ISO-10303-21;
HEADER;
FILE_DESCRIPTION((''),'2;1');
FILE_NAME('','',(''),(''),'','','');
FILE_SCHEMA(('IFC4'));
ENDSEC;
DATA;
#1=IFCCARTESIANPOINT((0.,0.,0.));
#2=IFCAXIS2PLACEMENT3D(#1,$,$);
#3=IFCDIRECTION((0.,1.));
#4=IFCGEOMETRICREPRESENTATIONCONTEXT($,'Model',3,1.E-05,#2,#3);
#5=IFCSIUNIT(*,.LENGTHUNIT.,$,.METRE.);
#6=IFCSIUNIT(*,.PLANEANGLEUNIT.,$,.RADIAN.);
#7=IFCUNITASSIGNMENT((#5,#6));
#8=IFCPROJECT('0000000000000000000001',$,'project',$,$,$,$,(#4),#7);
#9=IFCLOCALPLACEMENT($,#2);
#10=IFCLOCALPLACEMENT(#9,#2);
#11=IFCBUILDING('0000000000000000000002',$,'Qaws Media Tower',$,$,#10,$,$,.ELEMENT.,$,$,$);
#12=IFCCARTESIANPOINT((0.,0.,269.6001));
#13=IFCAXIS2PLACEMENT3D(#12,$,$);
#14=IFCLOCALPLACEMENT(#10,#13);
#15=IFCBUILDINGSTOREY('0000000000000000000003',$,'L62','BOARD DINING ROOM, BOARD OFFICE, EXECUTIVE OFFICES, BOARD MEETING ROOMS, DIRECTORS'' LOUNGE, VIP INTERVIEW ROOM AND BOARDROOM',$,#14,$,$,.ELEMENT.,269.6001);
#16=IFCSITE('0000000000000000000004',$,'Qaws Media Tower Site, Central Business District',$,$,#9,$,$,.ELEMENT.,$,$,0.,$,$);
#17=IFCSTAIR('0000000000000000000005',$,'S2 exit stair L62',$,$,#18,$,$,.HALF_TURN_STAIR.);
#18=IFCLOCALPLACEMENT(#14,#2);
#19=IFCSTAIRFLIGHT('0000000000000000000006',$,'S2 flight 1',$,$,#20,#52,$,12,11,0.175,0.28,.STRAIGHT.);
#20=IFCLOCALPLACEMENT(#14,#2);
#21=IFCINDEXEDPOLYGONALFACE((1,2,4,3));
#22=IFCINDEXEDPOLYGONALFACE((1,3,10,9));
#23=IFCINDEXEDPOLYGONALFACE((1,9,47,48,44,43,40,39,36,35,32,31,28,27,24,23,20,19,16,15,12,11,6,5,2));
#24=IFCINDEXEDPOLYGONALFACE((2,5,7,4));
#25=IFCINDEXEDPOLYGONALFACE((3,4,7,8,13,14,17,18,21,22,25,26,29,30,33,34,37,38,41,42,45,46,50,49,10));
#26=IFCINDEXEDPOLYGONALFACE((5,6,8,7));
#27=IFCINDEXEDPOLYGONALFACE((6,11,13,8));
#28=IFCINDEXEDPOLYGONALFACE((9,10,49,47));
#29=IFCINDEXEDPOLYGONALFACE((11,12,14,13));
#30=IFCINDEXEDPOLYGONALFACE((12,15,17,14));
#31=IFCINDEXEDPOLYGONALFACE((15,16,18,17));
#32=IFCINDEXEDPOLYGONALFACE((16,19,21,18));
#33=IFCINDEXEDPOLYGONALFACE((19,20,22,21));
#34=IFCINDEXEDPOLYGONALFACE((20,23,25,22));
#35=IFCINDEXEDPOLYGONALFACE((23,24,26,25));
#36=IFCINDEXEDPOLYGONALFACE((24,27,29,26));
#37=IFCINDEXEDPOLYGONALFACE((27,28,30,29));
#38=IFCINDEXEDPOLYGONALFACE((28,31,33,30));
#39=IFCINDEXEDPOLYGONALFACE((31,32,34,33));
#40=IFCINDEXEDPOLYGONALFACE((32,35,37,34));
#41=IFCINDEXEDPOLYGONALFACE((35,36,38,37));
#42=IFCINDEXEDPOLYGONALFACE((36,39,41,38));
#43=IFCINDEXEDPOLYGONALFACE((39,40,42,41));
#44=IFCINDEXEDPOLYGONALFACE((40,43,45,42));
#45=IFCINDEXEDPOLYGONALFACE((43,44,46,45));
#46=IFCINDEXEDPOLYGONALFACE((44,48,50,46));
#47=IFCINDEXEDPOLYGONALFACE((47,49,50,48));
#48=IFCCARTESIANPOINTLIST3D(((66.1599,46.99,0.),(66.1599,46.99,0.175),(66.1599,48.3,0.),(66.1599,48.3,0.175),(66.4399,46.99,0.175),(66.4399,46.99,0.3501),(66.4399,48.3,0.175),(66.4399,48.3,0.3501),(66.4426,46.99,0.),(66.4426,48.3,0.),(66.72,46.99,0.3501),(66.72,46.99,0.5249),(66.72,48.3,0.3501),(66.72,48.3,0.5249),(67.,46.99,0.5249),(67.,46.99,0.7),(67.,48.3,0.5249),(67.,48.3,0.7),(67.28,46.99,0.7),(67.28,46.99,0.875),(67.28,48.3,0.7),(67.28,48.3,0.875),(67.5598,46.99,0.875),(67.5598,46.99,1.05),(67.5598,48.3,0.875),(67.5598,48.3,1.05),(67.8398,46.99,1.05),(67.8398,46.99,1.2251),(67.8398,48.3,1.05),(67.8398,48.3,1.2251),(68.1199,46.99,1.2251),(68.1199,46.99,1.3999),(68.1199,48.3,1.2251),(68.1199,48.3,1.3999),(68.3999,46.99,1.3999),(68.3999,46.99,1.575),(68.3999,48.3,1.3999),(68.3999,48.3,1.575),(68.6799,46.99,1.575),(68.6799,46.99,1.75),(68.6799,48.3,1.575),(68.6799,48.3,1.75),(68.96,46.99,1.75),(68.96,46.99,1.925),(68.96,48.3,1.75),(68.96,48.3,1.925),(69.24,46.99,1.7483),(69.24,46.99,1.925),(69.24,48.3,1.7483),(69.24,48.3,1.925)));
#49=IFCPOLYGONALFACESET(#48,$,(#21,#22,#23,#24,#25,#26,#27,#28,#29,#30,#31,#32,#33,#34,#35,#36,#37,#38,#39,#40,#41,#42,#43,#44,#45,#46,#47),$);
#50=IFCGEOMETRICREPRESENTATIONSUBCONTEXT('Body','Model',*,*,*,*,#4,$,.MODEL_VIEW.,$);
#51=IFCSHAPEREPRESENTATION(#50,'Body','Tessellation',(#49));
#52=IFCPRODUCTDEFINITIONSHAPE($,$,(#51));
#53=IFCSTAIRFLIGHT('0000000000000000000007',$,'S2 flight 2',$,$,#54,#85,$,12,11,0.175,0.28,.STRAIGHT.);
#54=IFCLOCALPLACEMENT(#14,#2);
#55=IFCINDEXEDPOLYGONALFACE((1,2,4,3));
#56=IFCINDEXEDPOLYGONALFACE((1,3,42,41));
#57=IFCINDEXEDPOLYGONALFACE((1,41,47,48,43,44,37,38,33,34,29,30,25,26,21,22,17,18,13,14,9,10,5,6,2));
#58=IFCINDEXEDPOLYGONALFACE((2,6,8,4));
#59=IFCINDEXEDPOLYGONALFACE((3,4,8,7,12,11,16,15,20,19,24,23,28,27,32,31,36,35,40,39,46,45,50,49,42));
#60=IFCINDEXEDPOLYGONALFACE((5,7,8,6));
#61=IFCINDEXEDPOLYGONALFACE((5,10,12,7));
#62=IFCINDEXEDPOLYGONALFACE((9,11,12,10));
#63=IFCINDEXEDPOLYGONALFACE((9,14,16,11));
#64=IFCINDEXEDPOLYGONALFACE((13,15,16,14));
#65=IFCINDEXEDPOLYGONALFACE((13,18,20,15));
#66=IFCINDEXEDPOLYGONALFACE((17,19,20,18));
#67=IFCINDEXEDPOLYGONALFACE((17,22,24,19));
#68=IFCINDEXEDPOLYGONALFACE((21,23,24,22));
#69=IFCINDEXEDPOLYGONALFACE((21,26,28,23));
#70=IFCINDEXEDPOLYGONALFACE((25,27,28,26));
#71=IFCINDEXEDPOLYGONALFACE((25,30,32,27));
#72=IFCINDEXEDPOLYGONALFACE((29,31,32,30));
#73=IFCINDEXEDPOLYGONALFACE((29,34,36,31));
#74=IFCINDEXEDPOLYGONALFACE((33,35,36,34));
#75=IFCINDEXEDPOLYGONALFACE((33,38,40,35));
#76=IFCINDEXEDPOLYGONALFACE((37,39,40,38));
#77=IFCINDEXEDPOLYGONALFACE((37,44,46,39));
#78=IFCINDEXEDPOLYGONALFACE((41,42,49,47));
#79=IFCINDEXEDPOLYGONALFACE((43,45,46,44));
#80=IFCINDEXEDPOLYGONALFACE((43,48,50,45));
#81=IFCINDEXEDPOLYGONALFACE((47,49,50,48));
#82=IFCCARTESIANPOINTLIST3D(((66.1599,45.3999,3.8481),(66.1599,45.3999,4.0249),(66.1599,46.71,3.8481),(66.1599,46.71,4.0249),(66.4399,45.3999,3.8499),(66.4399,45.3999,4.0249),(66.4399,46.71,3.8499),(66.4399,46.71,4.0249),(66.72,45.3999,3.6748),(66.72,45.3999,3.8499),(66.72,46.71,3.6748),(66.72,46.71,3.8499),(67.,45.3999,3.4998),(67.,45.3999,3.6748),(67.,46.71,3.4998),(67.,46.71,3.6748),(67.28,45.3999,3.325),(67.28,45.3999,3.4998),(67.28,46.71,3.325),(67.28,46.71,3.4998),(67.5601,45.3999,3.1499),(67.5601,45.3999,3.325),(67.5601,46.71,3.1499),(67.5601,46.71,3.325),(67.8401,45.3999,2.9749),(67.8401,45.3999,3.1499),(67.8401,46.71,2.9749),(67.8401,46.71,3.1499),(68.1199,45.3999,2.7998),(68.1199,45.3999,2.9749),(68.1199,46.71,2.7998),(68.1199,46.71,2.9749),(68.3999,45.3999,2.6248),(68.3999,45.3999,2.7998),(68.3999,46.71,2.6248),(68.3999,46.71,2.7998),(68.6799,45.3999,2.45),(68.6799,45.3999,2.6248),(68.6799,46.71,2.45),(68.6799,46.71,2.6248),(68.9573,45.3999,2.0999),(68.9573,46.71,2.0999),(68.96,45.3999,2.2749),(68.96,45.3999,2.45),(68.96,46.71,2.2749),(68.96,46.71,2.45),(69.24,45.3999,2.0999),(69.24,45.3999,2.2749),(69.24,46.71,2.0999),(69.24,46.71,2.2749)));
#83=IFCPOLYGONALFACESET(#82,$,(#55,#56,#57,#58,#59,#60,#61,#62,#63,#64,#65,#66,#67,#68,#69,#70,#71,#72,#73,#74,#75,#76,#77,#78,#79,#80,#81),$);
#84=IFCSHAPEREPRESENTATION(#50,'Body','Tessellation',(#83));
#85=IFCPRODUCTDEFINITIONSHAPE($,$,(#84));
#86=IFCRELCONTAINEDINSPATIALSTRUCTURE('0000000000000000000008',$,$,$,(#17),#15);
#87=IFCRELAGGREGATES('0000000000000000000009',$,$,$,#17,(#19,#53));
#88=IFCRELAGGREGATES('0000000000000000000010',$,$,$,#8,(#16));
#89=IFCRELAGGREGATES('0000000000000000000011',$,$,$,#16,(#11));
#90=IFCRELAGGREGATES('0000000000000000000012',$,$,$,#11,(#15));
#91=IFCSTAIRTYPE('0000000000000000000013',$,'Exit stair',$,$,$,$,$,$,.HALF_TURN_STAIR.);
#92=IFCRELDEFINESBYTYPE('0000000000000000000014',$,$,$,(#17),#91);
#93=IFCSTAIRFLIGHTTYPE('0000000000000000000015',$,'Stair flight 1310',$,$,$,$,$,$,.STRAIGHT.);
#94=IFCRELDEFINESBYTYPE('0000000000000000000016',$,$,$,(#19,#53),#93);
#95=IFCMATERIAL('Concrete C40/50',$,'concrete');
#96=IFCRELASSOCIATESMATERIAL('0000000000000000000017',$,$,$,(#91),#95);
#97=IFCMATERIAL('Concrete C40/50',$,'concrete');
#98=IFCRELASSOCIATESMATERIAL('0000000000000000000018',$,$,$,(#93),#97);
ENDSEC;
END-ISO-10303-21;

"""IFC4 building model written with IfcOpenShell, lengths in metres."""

from ifc_helpers import new_model, si_unit, direction, frame, origin, place, context, subcontext, project, spatial, polyline, outline, extrude, material, type_object, element, aggregate, save


model = new_model("IFC4")

# Units and contexts
model_context = context("Model", 3, precision=1e-05, world=origin(), true_north=direction((0.0, 1.0)))
body_context = subcontext(model_context, "Body", "Model", "MODEL_VIEW")
ifc_project = project(units=[si_unit("LENGTHUNIT", "METRE"), si_unit("PLANEANGLEUNIT", "RADIAN")], contexts=[model_context])

# Site, building, storey
site_placement = place(None, origin())
site = spatial("IfcSite", under=ifc_project, at=site_placement, Name="Qaws Media Tower Site, Central Business District", CompositionType="ELEMENT", RefElevation=0.0)
building_placement = place(site_placement, origin())
building = spatial("IfcBuilding", under=site, at=building_placement, Name="Qaws Media Tower", CompositionType="ELEMENT")
storey_placement = place(building_placement, frame((0.0, 0.0, 269.6001)))
storey = spatial("IfcBuildingStorey", under=building, at=storey_placement, Name="L62", Description="BOARD DINING ROOM, BOARD OFFICE, EXECUTIVE OFFICES, BOARD MEETING ROOMS, DIRECTORS' LOUNGE, VIP INTERVIEW ROOM AND BOARDROOM", CompositionType="ELEMENT", Elevation=269.6001)

# Stair, stair flights
ifc_material_1 = material(Name="Concrete C40/50", Category="concrete")
stair_type = type_object("IfcStairType", Name="Exit stair", PredefinedType="HALF_TURN_STAIR", material=ifc_material_1)
stair_placement = place(storey_placement, origin())
stair = element("IfcStair", 1, at=stair_placement, inside=storey, type_object=stair_type, Name="S2 exit stair L62", PredefinedType="HALF_TURN_STAIR")
ifc_material_2 = material(Name="Concrete C40/50", Category="concrete")
stair_flight_type = type_object("IfcStairFlightType", Name="Stair flight 1310", PredefinedType="STRAIGHT", material=ifc_material_2)
stair_flight_1_placement = place(storey_placement, frame((66.1599, 47.645, 0.0), z_axis=(0.0, 0.0, 1.0), x_axis=(1.0, 0.0, 0.0)))
stair_flight_1 = element("IfcStairFlight", 2, at=stair_flight_1_placement, type_object=stair_flight_type, Name="S2 flight 1", NumberOfRisers=12, NumberOfTreads=11, PredefinedType="STRAIGHT", RiserHeight=0.175, TreadLength=0.28, context=body_context, shape_type="SweptSolid", body=[
    extrude(outline(polyline([(0.0, 0.0), (0.0, 0.175), (0.28, 0.175), (0.28, 0.3501), (0.5601, 0.3501), (0.5601, 0.5249), (0.8401, 0.5249), (0.8401, 0.7), (1.1201, 0.7), (1.1201, 0.875), (1.3999, 0.875), (1.3999, 1.05), (1.6799, 1.05), (1.6799, 1.2251), (1.96, 1.2251), (1.96, 1.3999), (2.24, 1.3999), (2.24, 1.575), (2.52, 1.575), (2.52, 1.75), (2.8, 1.75), (2.8, 1.925), (3.0801, 1.925), (3.0801, 2.1001), (3.0801, 1.7483), (0.2827, 0.0), (0.0, 0.0)])), frame((0.0, 0.655, 0.0), z_axis=(0.0, -1.0, 0.0), x_axis=(1.0, 0.0, 0.0)), (0.0, 0.0, 1.0), 1.3101),
])
stair_flight_2_placement = place(storey_placement, frame((69.24, 46.0549, 2.0999), z_axis=(0.0, 0.0, 1.0), x_axis=(-1.0, 0.0, 0.0)))
stair_flight_2 = element("IfcStairFlight", 3, at=stair_flight_2_placement, type_object=stair_flight_type, Name="S2 flight 2", NumberOfRisers=12, NumberOfTreads=11, PredefinedType="STRAIGHT", RiserHeight=0.175, TreadLength=0.28, context=body_context, shape_type="SweptSolid", body=[
    extrude(outline(polyline([(0.0, 0.0), (0.0, 0.175), (0.28, 0.175), (0.28, 0.3501), (0.5601, 0.3501), (0.5601, 0.5249), (0.8401, 0.5249), (0.8401, 0.7), (1.1201, 0.7), (1.1201, 0.875), (1.3999, 0.875), (1.3999, 1.05), (1.6799, 1.05), (1.6799, 1.2251), (1.96, 1.2251), (1.96, 1.3999), (2.24, 1.3999), (2.24, 1.575), (2.52, 1.575), (2.52, 1.75), (2.8, 1.75), (2.8, 1.925), (3.0801, 1.925), (3.0801, 2.1001), (3.0801, 1.7483), (0.2827, 0.0), (0.0, 0.0)])), frame((0.0, 0.655, 0.0), z_axis=(0.0, -1.0, 0.0), x_axis=(1.0, 0.0, 0.0)), (0.0, 0.0, 1.0), 1.3101),
])
aggregate(stair, [stair_flight_1, stair_flight_2])

save(model, "model.ifc")
